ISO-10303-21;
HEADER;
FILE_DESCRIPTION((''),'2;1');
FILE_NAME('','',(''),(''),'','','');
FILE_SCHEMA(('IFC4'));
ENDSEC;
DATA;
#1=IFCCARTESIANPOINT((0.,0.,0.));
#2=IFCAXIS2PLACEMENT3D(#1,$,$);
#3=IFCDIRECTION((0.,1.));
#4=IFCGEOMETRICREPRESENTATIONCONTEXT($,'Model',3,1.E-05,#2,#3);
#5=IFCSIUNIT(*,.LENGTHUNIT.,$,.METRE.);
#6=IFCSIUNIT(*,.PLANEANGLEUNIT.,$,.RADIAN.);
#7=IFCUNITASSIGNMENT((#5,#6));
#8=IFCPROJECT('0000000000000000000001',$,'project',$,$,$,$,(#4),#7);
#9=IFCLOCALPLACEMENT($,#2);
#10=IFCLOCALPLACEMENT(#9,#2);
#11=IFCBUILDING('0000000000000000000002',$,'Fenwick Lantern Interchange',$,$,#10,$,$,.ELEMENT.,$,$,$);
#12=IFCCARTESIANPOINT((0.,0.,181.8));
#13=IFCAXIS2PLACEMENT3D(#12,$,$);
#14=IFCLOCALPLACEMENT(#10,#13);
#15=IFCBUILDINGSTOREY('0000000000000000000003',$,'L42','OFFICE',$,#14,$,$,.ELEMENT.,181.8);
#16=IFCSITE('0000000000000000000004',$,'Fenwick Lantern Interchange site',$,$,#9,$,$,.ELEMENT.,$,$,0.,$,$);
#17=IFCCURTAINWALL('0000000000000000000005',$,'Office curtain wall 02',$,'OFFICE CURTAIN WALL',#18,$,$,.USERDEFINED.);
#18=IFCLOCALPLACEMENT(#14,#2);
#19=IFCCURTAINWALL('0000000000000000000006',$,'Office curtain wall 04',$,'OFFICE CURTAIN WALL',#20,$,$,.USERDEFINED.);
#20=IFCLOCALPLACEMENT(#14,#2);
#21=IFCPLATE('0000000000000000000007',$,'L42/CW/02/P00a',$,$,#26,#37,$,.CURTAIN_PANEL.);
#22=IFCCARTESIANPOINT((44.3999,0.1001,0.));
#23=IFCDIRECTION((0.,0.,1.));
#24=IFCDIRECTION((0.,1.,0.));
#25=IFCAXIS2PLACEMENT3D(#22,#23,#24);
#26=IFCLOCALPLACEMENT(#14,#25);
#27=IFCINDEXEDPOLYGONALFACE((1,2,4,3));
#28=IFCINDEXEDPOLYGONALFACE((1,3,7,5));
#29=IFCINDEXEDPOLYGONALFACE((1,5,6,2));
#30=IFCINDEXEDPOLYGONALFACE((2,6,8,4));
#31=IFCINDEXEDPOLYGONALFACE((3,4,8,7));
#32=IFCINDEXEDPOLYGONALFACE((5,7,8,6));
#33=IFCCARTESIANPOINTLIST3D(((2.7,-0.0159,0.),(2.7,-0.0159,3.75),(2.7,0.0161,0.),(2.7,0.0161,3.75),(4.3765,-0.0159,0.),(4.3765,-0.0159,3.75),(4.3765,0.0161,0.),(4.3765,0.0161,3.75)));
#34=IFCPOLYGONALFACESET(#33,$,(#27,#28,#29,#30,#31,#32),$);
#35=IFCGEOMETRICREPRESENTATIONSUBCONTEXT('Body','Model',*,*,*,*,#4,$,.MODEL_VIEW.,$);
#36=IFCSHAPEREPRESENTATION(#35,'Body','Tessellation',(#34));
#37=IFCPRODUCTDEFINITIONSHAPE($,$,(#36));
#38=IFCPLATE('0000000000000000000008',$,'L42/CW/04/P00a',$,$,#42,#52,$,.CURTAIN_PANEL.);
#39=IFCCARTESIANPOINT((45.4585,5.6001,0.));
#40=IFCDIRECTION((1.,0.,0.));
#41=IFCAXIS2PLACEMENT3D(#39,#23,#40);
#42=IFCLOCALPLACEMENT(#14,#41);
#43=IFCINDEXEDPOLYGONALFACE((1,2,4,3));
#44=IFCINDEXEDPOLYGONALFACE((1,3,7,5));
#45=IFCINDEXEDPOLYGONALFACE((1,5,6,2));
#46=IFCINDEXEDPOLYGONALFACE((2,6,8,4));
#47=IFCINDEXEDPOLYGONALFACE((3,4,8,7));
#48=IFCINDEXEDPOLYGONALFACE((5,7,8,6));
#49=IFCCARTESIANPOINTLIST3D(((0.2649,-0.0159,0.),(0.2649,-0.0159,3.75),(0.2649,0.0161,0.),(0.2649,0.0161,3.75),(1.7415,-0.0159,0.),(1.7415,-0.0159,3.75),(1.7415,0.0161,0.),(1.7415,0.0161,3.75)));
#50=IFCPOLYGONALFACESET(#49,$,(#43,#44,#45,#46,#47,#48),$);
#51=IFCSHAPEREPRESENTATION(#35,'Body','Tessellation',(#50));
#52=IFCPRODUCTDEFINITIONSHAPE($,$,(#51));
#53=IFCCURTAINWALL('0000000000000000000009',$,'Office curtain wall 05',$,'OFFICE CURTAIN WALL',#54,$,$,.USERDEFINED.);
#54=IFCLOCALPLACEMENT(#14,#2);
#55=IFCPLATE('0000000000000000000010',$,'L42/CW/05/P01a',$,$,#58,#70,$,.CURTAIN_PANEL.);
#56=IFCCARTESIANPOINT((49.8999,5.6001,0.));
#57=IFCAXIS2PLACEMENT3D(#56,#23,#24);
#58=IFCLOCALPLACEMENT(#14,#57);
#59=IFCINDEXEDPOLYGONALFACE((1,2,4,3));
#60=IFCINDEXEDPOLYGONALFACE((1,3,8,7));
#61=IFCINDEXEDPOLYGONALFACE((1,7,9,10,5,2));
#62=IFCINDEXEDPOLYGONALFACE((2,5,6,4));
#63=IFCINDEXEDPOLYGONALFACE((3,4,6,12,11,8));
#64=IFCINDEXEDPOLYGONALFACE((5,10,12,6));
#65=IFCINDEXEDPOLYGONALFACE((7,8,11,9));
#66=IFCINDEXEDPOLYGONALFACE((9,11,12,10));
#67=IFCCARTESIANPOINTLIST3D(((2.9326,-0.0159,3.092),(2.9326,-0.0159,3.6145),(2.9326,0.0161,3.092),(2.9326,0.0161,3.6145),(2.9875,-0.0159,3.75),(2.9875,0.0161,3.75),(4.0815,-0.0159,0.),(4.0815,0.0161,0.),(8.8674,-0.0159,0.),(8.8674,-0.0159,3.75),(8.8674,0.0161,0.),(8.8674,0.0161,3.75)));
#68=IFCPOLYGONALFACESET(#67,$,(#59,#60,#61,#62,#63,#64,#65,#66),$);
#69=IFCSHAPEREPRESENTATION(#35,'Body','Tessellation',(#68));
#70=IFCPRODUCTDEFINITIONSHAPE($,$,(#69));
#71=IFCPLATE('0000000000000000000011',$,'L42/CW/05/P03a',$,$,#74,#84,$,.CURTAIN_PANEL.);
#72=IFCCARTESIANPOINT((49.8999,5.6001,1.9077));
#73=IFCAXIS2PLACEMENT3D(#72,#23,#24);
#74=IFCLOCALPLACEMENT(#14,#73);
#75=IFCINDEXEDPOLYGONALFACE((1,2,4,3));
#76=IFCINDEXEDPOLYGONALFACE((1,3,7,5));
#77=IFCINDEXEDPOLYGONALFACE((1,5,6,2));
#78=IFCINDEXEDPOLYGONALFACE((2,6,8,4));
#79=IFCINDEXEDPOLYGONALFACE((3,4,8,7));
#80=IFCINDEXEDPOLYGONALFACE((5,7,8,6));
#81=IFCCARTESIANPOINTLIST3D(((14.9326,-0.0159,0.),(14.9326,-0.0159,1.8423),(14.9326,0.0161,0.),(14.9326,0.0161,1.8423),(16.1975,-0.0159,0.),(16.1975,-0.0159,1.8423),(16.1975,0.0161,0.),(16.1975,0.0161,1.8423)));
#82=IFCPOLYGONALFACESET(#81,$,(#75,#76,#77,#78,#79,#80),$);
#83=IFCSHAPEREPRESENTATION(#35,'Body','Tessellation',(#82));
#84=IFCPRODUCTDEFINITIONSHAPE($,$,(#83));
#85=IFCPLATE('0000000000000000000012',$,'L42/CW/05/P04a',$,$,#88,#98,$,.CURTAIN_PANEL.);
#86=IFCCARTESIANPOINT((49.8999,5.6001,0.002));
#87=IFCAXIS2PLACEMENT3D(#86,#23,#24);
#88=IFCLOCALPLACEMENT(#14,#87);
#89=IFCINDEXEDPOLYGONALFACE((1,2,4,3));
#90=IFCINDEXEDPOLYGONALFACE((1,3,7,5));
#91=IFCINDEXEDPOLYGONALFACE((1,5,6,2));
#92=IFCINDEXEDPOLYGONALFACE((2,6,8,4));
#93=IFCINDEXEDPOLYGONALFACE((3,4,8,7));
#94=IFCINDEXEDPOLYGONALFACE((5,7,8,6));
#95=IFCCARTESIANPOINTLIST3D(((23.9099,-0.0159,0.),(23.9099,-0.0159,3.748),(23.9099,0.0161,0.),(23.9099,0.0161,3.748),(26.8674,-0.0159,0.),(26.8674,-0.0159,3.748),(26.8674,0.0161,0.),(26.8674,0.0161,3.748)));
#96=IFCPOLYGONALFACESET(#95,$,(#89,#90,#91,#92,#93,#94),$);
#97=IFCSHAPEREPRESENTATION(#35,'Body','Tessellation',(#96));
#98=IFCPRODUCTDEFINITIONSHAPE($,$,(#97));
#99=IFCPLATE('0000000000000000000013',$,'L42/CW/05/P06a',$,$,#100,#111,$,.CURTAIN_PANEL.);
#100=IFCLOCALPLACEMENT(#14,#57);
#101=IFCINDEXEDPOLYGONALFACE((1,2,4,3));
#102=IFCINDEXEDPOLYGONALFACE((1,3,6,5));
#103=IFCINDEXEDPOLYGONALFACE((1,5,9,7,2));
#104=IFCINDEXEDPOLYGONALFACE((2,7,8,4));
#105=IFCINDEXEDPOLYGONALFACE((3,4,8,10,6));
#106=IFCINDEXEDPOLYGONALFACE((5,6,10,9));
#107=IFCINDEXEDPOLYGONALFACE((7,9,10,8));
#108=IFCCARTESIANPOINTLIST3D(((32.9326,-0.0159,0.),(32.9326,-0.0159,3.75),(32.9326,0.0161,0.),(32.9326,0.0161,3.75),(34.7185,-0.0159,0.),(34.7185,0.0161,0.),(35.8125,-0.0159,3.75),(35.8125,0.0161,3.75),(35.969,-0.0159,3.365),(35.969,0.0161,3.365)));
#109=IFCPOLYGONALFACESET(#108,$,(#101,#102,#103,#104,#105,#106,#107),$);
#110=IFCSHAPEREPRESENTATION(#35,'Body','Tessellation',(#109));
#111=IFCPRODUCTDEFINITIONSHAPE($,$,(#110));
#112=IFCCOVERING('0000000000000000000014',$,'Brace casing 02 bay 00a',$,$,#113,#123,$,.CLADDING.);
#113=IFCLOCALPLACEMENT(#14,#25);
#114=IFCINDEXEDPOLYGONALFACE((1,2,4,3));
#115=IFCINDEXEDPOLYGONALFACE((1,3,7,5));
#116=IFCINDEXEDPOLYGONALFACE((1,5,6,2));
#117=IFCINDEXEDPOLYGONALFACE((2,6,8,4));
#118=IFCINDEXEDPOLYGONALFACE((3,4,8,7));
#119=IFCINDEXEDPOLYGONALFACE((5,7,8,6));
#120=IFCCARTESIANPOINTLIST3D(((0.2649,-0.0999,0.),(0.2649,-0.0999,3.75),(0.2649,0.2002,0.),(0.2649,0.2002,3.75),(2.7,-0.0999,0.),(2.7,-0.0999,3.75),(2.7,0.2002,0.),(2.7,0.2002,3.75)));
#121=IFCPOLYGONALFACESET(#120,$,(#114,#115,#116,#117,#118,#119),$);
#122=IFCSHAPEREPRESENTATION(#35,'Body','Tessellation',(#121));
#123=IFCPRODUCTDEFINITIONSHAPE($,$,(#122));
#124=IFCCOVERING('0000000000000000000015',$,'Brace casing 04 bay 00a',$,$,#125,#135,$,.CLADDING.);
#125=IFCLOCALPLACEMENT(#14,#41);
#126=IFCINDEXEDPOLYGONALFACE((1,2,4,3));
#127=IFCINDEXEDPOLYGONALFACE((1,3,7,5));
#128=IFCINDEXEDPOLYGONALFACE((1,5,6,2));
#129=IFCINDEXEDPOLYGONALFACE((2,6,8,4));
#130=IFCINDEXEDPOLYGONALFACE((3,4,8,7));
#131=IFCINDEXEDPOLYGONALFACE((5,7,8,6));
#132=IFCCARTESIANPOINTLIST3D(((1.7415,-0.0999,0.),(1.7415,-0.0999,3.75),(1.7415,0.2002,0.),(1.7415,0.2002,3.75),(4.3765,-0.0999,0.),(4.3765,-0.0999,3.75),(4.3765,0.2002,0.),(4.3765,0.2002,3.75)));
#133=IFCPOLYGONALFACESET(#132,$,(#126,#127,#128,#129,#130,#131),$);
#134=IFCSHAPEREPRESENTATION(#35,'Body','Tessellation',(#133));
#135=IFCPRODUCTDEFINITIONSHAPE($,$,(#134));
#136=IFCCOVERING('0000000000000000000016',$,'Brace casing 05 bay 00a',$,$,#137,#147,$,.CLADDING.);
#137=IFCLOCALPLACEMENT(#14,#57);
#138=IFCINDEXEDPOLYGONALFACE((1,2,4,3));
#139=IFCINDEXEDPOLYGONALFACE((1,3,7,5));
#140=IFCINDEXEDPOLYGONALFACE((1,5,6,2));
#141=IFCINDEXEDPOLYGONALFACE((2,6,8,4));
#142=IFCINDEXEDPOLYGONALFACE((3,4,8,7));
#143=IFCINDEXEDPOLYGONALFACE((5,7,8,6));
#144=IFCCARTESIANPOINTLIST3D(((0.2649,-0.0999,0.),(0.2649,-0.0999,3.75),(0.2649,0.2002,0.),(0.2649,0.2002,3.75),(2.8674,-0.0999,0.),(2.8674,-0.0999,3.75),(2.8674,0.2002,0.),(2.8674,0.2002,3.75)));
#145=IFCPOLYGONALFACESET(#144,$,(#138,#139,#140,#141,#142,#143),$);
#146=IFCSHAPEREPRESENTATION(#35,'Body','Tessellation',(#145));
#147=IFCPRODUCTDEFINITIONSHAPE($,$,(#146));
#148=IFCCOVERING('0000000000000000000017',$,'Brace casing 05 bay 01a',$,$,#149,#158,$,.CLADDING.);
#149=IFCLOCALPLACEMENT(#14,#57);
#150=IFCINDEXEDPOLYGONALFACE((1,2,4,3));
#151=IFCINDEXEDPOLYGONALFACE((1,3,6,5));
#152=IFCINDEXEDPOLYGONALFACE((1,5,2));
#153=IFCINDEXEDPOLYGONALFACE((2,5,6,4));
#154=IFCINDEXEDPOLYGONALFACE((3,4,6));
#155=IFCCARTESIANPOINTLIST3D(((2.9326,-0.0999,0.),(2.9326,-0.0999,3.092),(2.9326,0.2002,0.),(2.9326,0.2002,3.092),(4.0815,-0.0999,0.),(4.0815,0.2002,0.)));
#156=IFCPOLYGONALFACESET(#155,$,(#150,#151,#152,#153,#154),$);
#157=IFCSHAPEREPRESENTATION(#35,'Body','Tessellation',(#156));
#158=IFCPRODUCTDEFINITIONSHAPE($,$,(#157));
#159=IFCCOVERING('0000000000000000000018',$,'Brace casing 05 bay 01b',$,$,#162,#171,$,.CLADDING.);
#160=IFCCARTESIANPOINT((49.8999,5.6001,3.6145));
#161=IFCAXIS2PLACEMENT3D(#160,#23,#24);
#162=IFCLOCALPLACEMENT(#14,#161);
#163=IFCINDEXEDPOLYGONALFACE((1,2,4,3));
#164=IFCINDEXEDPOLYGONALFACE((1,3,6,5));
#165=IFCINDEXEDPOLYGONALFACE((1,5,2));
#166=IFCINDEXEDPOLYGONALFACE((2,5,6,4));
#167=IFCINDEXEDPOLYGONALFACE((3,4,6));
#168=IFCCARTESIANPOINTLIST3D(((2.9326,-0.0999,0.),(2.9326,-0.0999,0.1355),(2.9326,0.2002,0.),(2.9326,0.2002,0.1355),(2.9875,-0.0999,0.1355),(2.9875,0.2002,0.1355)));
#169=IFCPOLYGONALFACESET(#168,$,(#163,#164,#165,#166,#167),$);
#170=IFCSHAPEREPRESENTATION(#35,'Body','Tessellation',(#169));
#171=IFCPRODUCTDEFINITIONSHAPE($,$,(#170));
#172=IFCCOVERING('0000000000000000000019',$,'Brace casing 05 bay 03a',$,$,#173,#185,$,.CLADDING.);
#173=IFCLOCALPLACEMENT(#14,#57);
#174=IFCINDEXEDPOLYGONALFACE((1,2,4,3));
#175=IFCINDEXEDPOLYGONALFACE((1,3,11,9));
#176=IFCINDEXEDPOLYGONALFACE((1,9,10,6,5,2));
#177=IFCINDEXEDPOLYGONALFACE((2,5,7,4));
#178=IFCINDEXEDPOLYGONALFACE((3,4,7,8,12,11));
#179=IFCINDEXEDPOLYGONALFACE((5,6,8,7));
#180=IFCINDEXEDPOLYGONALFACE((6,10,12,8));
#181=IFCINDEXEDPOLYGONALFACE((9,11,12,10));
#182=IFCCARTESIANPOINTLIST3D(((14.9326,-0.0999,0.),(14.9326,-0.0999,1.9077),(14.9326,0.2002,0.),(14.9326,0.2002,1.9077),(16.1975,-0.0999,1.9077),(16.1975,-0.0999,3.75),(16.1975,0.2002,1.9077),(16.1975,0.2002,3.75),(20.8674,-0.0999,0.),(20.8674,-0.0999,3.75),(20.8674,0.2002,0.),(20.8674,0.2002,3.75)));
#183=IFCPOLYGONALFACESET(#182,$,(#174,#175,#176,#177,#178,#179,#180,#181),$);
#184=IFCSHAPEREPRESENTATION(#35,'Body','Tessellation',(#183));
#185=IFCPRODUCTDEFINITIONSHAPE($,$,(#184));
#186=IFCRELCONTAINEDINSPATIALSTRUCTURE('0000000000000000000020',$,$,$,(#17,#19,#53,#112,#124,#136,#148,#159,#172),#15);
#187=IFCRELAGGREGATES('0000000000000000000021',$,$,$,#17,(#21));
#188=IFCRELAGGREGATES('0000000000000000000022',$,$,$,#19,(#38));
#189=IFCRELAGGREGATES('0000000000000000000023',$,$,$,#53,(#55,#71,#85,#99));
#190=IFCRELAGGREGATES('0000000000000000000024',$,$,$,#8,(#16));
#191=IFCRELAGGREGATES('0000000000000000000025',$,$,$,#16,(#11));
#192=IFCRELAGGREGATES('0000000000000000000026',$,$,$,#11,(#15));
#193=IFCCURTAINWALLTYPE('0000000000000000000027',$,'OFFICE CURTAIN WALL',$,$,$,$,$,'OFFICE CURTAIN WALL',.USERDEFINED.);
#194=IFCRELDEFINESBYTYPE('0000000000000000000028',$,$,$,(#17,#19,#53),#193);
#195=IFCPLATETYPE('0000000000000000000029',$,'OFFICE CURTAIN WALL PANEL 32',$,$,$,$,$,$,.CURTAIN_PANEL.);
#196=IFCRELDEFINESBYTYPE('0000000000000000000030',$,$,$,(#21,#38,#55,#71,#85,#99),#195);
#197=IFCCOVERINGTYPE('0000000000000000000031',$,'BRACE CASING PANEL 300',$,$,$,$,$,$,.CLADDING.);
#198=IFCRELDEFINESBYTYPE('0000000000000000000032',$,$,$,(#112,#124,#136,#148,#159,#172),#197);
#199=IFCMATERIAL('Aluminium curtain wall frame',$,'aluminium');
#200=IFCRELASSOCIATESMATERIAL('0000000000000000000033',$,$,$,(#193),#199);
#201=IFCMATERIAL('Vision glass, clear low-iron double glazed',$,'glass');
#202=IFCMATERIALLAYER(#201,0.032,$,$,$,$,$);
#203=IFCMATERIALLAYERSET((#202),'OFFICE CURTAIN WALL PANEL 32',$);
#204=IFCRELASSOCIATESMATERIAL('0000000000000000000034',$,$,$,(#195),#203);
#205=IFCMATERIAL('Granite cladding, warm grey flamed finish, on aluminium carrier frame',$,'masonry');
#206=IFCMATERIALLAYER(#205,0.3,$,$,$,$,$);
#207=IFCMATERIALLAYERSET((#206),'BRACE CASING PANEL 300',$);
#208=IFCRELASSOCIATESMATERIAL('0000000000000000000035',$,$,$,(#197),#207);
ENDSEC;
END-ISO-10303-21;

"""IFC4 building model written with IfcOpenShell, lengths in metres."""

from ifc_helpers import new_model, si_unit, direction, frame, origin, place, context, subcontext, project, spatial, polyline, outline, extrude, material, layer, layer_set, type_object, element, aggregate, save


model = new_model("IFC4")

# Units and contexts
model_context = context("Model", 3, precision=1e-05, world=origin(), true_north=direction((0.0, 1.0)))
body_context = subcontext(model_context, "Body", "Model", "MODEL_VIEW")
ifc_project = project(units=[si_unit("LENGTHUNIT", "METRE"), si_unit("PLANEANGLEUNIT", "RADIAN")], contexts=[model_context])

# Site, building, storey
site_placement = place(None, origin())
site = spatial("IfcSite", under=ifc_project, at=site_placement, Name="Fenwick Lantern Interchange site", CompositionType="ELEMENT", RefElevation=0.0)
building_placement = place(site_placement, origin())
building = spatial("IfcBuilding", under=site, at=building_placement, Name="Fenwick Lantern Interchange", CompositionType="ELEMENT")
storey_placement = place(building_placement, frame((0.0, 0.0, 181.8)))
storey = spatial("IfcBuildingStorey", under=building, at=storey_placement, Name="L42", Description="OFFICE", CompositionType="ELEMENT", Elevation=181.8)

# Shared definitions
ifc_material_1 = material(Name="Aluminium curtain wall frame", Category="aluminium")
curtain_wall_type = type_object("IfcCurtainWallType", Name="OFFICE CURTAIN WALL", ElementType="OFFICE CURTAIN WALL", PredefinedType="USERDEFINED", material=ifc_material_1)

# Curtain walls
curtain_wall_1_placement = place(storey_placement, origin())
curtain_wall_1 = element("IfcCurtainWall", 1, at=curtain_wall_1_placement, inside=storey, type_object=curtain_wall_type, Name="Office curtain wall 02", ObjectType="OFFICE CURTAIN WALL", PredefinedType="USERDEFINED")
curtain_wall_2_placement = place(storey_placement, origin())
curtain_wall_2 = element("IfcCurtainWall", 2, at=curtain_wall_2_placement, inside=storey, type_object=curtain_wall_type, Name="Office curtain wall 04", ObjectType="OFFICE CURTAIN WALL", PredefinedType="USERDEFINED")

# Plates
ifc_material_2 = material(Name="Vision glass, clear low-iron double glazed", Category="glass")
ifc_layer_1 = layer(ifc_material_2, 0.032)
ifc_layer_set_1 = layer_set([ifc_layer_1], Name="OFFICE CURTAIN WALL PANEL 32")
plate_type = type_object("IfcPlateType", Name="OFFICE CURTAIN WALL PANEL 32", PredefinedType="CURTAIN_PANEL", material=ifc_layer_set_1)
plate_1_placement = place(storey_placement, frame((44.3999, 0.1001, 0.0), z_axis=(0.0, 0.0, 1.0), x_axis=(0.0, 1.0, 0.0)))
plate_1 = element("IfcPlate", 3, at=plate_1_placement, type_object=plate_type, Name="L42/CW/02/P00a", PredefinedType="CURTAIN_PANEL", context=body_context, shape_type="SweptSolid", body=[
    extrude(outline(polyline([(2.7, 0.0), (4.3765, 0.0), (4.3765, 3.75), (2.7, 3.75), (2.7, 0.0)])), frame((0.0, 0.0161, 0.0), z_axis=(0.0, -1.0, 0.0), x_axis=(1.0, 0.0, 0.0)), (0.0, 0.0, 1.0), 0.032),
])
aggregate(curtain_wall_1, [plate_1])
plate_2_placement = place(storey_placement, frame((45.4585, 5.6001, 0.0), z_axis=(0.0, 0.0, 1.0), x_axis=(1.0, 0.0, 0.0)))
plate_2 = element("IfcPlate", 4, at=plate_2_placement, type_object=plate_type, Name="L42/CW/04/P00a", PredefinedType="CURTAIN_PANEL", context=body_context, shape_type="SweptSolid", body=[
    extrude(outline(polyline([(0.2649, 0.0), (1.7415, 0.0), (1.7415, 3.75), (0.2649, 3.75), (0.2649, 0.0)])), frame((0.0, 0.0161, 0.0), z_axis=(0.0, -1.0, 0.0), x_axis=(1.0, 0.0, 0.0)), (0.0, 0.0, 1.0), 0.032),
])
aggregate(curtain_wall_2, [plate_2])

# Curtain wall, plates
curtain_wall_3_placement = place(storey_placement, origin())
curtain_wall_3 = element("IfcCurtainWall", 5, at=curtain_wall_3_placement, inside=storey, type_object=curtain_wall_type, Name="Office curtain wall 05", ObjectType="OFFICE CURTAIN WALL", PredefinedType="USERDEFINED")
plate_3_placement = place(storey_placement, frame((49.8999, 5.6001, 0.0), z_axis=(0.0, 0.0, 1.0), x_axis=(0.0, 1.0, 0.0)))
plate_3 = element("IfcPlate", 6, at=plate_3_placement, type_object=plate_type, Name="L42/CW/05/P01a", PredefinedType="CURTAIN_PANEL", context=body_context, shape_type="SweptSolid", body=[
    extrude(outline(polyline([(4.0815, 0.0), (8.8674, 0.0), (8.8674, 3.75), (2.9875, 3.75), (2.9326, 3.6145), (2.9326, 3.092), (4.0815, 0.0)])), frame((0.0, 0.0161, 0.0), z_axis=(0.0, -1.0, 0.0), x_axis=(1.0, 0.0, 0.0)), (0.0, 0.0, 1.0), 0.032),
])
plate_4_placement = place(storey_placement, frame((49.8999, 5.6001, 1.9077), z_axis=(0.0, 0.0, 1.0), x_axis=(0.0, 1.0, 0.0)))
plate_4 = element("IfcPlate", 7, at=plate_4_placement, type_object=plate_type, Name="L42/CW/05/P03a", PredefinedType="CURTAIN_PANEL", context=body_context, shape_type="SweptSolid", body=[
    extrude(outline(polyline([(14.9326, 0.0), (16.1975, 0.0), (16.1975, 1.8423), (14.9326, 1.8423), (14.9326, 0.0)])), frame((0.0, 0.0161, 0.0), z_axis=(0.0, -1.0, 0.0), x_axis=(1.0, 0.0, 0.0)), (0.0, 0.0, 1.0), 0.032),
])
plate_5_placement = place(storey_placement, frame((49.8999, 5.6001, 0.002), z_axis=(0.0, 0.0, 1.0), x_axis=(0.0, 1.0, 0.0)))
plate_5 = element("IfcPlate", 8, at=plate_5_placement, type_object=plate_type, Name="L42/CW/05/P04a", PredefinedType="CURTAIN_PANEL", context=body_context, shape_type="SweptSolid", body=[
    extrude(outline(polyline([(23.9099, 0.0), (26.8674, 0.0), (26.8674, 3.748), (23.9099, 3.748), (23.9099, 0.0)])), frame((0.0, 0.0161, 0.0), z_axis=(0.0, -1.0, 0.0), x_axis=(1.0, 0.0, 0.0)), (0.0, 0.0, 1.0), 0.032),
])
plate_6_placement = place(storey_placement, frame((49.8999, 5.6001, 0.0), z_axis=(0.0, 0.0, 1.0), x_axis=(0.0, 1.0, 0.0)))
plate_6 = element("IfcPlate", 9, at=plate_6_placement, type_object=plate_type, Name="L42/CW/05/P06a", PredefinedType="CURTAIN_PANEL", context=body_context, shape_type="SweptSolid", body=[
    extrude(outline(polyline([(32.9326, 0.0), (34.7185, 0.0), (35.969, 3.365), (35.8125, 3.75), (32.9326, 3.75), (32.9326, 0.0)])), frame((0.0, 0.0161, 0.0), z_axis=(0.0, -1.0, 0.0), x_axis=(1.0, 0.0, 0.0)), (0.0, 0.0, 1.0), 0.032),
])
aggregate(curtain_wall_3, [plate_3, plate_4, plate_5, plate_6])

# Coverings
ifc_material_3 = material(Name="Granite cladding, warm grey flamed finish, on aluminium carrier frame", Category="masonry")
ifc_layer_2 = layer(ifc_material_3, 0.3)
ifc_layer_set_2 = layer_set([ifc_layer_2], Name="BRACE CASING PANEL 300")
covering_type = type_object("IfcCoveringType", Name="BRACE CASING PANEL 300", PredefinedType="CLADDING", material=ifc_layer_set_2)
covering_1_placement = place(storey_placement, frame((44.3999, 0.1001, 0.0), z_axis=(0.0, 0.0, 1.0), x_axis=(0.0, 1.0, 0.0)))
element("IfcCovering", 10, at=covering_1_placement, inside=storey, type_object=covering_type, Name="Brace casing 02 bay 00a", PredefinedType="CLADDING", context=body_context, shape_type="SweptSolid", body=[
    extrude(outline(polyline([(0.2649, 0.0), (2.7, 0.0), (2.7, 3.75), (0.2649, 3.75), (0.2649, 0.0)])), frame((0.0, 0.2002, 0.0), z_axis=(0.0, -1.0, 0.0), x_axis=(1.0, 0.0, 0.0)), (0.0, 0.0, 1.0), 0.3),
])
covering_2_placement = place(storey_placement, frame((45.4585, 5.6001, 0.0), z_axis=(0.0, 0.0, 1.0), x_axis=(1.0, 0.0, 0.0)))
element("IfcCovering", 11, at=covering_2_placement, inside=storey, type_object=covering_type, Name="Brace casing 04 bay 00a", PredefinedType="CLADDING", context=body_context, shape_type="SweptSolid", body=[
    extrude(outline(polyline([(1.7415, 0.0), (4.3765, 0.0), (4.3765, 3.75), (1.7415, 3.75), (1.7415, 0.0)])), frame((0.0, 0.2002, 0.0), z_axis=(0.0, -1.0, 0.0), x_axis=(1.0, 0.0, 0.0)), (0.0, 0.0, 1.0), 0.3),
])
covering_3_placement = place(storey_placement, frame((49.8999, 5.6001, 0.0), z_axis=(0.0, 0.0, 1.0), x_axis=(0.0, 1.0, 0.0)))
element("IfcCovering", 12, at=covering_3_placement, inside=storey, type_object=covering_type, Name="Brace casing 05 bay 00a", PredefinedType="CLADDING", context=body_context, shape_type="SweptSolid", body=[
    extrude(outline(polyline([(0.2649, 0.0), (2.8674, 0.0), (2.8674, 3.75), (0.2649, 3.75), (0.2649, 0.0)])), frame((0.0, 0.2002, 0.0), z_axis=(0.0, -1.0, 0.0), x_axis=(1.0, 0.0, 0.0)), (0.0, 0.0, 1.0), 0.3),
])
covering_4_placement = place(storey_placement, frame((49.8999, 5.6001, 0.0), z_axis=(0.0, 0.0, 1.0), x_axis=(0.0, 1.0, 0.0)))
element("IfcCovering", 13, at=covering_4_placement, inside=storey, type_object=covering_type, Name="Brace casing 05 bay 01a", PredefinedType="CLADDING", context=body_context, shape_type="SweptSolid", body=[
    extrude(outline(polyline([(2.9326, 0.0), (4.0815, 0.0), (2.9326, 3.092), (2.9326, 0.0)])), frame((0.0, 0.2002, 0.0), z_axis=(0.0, -1.0, 0.0), x_axis=(1.0, 0.0, 0.0)), (0.0, 0.0, 1.0), 0.3),
])
covering_5_placement = place(storey_placement, frame((49.8999, 5.6001, 3.6145), z_axis=(0.0, 0.0, 1.0), x_axis=(0.0, 1.0, 0.0)))
element("IfcCovering", 14, at=covering_5_placement, inside=storey, type_object=covering_type, Name="Brace casing 05 bay 01b", PredefinedType="CLADDING", context=body_context, shape_type="SweptSolid", body=[
    extrude(outline(polyline([(2.9326, 0.0), (2.9875, 0.1355), (2.9326, 0.1355), (2.9326, 0.0)])), frame((0.0, 0.2002, 0.0), z_axis=(0.0, -1.0, 0.0), x_axis=(1.0, 0.0, 0.0)), (0.0, 0.0, 1.0), 0.3),
])
covering_6_placement = place(storey_placement, frame((49.8999, 5.6001, 0.0), z_axis=(0.0, 0.0, 1.0), x_axis=(0.0, 1.0, 0.0)))
element("IfcCovering", 15, at=covering_6_placement, inside=storey, type_object=covering_type, Name="Brace casing 05 bay 03a", PredefinedType="CLADDING", context=body_context, shape_type="SweptSolid", body=[
    extrude(outline(polyline([(14.9326, 0.0), (20.8674, 0.0), (20.8674, 3.75), (16.1975, 3.75), (16.1975, 1.9077), (14.9326, 1.9077), (14.9326, 0.0)])), frame((0.0, 0.2002, 0.0), z_axis=(0.0, -1.0, 0.0), x_axis=(1.0, 0.0, 0.0)), (0.0, 0.0, 1.0), 0.3),
])

save(model, "model.ifc")
